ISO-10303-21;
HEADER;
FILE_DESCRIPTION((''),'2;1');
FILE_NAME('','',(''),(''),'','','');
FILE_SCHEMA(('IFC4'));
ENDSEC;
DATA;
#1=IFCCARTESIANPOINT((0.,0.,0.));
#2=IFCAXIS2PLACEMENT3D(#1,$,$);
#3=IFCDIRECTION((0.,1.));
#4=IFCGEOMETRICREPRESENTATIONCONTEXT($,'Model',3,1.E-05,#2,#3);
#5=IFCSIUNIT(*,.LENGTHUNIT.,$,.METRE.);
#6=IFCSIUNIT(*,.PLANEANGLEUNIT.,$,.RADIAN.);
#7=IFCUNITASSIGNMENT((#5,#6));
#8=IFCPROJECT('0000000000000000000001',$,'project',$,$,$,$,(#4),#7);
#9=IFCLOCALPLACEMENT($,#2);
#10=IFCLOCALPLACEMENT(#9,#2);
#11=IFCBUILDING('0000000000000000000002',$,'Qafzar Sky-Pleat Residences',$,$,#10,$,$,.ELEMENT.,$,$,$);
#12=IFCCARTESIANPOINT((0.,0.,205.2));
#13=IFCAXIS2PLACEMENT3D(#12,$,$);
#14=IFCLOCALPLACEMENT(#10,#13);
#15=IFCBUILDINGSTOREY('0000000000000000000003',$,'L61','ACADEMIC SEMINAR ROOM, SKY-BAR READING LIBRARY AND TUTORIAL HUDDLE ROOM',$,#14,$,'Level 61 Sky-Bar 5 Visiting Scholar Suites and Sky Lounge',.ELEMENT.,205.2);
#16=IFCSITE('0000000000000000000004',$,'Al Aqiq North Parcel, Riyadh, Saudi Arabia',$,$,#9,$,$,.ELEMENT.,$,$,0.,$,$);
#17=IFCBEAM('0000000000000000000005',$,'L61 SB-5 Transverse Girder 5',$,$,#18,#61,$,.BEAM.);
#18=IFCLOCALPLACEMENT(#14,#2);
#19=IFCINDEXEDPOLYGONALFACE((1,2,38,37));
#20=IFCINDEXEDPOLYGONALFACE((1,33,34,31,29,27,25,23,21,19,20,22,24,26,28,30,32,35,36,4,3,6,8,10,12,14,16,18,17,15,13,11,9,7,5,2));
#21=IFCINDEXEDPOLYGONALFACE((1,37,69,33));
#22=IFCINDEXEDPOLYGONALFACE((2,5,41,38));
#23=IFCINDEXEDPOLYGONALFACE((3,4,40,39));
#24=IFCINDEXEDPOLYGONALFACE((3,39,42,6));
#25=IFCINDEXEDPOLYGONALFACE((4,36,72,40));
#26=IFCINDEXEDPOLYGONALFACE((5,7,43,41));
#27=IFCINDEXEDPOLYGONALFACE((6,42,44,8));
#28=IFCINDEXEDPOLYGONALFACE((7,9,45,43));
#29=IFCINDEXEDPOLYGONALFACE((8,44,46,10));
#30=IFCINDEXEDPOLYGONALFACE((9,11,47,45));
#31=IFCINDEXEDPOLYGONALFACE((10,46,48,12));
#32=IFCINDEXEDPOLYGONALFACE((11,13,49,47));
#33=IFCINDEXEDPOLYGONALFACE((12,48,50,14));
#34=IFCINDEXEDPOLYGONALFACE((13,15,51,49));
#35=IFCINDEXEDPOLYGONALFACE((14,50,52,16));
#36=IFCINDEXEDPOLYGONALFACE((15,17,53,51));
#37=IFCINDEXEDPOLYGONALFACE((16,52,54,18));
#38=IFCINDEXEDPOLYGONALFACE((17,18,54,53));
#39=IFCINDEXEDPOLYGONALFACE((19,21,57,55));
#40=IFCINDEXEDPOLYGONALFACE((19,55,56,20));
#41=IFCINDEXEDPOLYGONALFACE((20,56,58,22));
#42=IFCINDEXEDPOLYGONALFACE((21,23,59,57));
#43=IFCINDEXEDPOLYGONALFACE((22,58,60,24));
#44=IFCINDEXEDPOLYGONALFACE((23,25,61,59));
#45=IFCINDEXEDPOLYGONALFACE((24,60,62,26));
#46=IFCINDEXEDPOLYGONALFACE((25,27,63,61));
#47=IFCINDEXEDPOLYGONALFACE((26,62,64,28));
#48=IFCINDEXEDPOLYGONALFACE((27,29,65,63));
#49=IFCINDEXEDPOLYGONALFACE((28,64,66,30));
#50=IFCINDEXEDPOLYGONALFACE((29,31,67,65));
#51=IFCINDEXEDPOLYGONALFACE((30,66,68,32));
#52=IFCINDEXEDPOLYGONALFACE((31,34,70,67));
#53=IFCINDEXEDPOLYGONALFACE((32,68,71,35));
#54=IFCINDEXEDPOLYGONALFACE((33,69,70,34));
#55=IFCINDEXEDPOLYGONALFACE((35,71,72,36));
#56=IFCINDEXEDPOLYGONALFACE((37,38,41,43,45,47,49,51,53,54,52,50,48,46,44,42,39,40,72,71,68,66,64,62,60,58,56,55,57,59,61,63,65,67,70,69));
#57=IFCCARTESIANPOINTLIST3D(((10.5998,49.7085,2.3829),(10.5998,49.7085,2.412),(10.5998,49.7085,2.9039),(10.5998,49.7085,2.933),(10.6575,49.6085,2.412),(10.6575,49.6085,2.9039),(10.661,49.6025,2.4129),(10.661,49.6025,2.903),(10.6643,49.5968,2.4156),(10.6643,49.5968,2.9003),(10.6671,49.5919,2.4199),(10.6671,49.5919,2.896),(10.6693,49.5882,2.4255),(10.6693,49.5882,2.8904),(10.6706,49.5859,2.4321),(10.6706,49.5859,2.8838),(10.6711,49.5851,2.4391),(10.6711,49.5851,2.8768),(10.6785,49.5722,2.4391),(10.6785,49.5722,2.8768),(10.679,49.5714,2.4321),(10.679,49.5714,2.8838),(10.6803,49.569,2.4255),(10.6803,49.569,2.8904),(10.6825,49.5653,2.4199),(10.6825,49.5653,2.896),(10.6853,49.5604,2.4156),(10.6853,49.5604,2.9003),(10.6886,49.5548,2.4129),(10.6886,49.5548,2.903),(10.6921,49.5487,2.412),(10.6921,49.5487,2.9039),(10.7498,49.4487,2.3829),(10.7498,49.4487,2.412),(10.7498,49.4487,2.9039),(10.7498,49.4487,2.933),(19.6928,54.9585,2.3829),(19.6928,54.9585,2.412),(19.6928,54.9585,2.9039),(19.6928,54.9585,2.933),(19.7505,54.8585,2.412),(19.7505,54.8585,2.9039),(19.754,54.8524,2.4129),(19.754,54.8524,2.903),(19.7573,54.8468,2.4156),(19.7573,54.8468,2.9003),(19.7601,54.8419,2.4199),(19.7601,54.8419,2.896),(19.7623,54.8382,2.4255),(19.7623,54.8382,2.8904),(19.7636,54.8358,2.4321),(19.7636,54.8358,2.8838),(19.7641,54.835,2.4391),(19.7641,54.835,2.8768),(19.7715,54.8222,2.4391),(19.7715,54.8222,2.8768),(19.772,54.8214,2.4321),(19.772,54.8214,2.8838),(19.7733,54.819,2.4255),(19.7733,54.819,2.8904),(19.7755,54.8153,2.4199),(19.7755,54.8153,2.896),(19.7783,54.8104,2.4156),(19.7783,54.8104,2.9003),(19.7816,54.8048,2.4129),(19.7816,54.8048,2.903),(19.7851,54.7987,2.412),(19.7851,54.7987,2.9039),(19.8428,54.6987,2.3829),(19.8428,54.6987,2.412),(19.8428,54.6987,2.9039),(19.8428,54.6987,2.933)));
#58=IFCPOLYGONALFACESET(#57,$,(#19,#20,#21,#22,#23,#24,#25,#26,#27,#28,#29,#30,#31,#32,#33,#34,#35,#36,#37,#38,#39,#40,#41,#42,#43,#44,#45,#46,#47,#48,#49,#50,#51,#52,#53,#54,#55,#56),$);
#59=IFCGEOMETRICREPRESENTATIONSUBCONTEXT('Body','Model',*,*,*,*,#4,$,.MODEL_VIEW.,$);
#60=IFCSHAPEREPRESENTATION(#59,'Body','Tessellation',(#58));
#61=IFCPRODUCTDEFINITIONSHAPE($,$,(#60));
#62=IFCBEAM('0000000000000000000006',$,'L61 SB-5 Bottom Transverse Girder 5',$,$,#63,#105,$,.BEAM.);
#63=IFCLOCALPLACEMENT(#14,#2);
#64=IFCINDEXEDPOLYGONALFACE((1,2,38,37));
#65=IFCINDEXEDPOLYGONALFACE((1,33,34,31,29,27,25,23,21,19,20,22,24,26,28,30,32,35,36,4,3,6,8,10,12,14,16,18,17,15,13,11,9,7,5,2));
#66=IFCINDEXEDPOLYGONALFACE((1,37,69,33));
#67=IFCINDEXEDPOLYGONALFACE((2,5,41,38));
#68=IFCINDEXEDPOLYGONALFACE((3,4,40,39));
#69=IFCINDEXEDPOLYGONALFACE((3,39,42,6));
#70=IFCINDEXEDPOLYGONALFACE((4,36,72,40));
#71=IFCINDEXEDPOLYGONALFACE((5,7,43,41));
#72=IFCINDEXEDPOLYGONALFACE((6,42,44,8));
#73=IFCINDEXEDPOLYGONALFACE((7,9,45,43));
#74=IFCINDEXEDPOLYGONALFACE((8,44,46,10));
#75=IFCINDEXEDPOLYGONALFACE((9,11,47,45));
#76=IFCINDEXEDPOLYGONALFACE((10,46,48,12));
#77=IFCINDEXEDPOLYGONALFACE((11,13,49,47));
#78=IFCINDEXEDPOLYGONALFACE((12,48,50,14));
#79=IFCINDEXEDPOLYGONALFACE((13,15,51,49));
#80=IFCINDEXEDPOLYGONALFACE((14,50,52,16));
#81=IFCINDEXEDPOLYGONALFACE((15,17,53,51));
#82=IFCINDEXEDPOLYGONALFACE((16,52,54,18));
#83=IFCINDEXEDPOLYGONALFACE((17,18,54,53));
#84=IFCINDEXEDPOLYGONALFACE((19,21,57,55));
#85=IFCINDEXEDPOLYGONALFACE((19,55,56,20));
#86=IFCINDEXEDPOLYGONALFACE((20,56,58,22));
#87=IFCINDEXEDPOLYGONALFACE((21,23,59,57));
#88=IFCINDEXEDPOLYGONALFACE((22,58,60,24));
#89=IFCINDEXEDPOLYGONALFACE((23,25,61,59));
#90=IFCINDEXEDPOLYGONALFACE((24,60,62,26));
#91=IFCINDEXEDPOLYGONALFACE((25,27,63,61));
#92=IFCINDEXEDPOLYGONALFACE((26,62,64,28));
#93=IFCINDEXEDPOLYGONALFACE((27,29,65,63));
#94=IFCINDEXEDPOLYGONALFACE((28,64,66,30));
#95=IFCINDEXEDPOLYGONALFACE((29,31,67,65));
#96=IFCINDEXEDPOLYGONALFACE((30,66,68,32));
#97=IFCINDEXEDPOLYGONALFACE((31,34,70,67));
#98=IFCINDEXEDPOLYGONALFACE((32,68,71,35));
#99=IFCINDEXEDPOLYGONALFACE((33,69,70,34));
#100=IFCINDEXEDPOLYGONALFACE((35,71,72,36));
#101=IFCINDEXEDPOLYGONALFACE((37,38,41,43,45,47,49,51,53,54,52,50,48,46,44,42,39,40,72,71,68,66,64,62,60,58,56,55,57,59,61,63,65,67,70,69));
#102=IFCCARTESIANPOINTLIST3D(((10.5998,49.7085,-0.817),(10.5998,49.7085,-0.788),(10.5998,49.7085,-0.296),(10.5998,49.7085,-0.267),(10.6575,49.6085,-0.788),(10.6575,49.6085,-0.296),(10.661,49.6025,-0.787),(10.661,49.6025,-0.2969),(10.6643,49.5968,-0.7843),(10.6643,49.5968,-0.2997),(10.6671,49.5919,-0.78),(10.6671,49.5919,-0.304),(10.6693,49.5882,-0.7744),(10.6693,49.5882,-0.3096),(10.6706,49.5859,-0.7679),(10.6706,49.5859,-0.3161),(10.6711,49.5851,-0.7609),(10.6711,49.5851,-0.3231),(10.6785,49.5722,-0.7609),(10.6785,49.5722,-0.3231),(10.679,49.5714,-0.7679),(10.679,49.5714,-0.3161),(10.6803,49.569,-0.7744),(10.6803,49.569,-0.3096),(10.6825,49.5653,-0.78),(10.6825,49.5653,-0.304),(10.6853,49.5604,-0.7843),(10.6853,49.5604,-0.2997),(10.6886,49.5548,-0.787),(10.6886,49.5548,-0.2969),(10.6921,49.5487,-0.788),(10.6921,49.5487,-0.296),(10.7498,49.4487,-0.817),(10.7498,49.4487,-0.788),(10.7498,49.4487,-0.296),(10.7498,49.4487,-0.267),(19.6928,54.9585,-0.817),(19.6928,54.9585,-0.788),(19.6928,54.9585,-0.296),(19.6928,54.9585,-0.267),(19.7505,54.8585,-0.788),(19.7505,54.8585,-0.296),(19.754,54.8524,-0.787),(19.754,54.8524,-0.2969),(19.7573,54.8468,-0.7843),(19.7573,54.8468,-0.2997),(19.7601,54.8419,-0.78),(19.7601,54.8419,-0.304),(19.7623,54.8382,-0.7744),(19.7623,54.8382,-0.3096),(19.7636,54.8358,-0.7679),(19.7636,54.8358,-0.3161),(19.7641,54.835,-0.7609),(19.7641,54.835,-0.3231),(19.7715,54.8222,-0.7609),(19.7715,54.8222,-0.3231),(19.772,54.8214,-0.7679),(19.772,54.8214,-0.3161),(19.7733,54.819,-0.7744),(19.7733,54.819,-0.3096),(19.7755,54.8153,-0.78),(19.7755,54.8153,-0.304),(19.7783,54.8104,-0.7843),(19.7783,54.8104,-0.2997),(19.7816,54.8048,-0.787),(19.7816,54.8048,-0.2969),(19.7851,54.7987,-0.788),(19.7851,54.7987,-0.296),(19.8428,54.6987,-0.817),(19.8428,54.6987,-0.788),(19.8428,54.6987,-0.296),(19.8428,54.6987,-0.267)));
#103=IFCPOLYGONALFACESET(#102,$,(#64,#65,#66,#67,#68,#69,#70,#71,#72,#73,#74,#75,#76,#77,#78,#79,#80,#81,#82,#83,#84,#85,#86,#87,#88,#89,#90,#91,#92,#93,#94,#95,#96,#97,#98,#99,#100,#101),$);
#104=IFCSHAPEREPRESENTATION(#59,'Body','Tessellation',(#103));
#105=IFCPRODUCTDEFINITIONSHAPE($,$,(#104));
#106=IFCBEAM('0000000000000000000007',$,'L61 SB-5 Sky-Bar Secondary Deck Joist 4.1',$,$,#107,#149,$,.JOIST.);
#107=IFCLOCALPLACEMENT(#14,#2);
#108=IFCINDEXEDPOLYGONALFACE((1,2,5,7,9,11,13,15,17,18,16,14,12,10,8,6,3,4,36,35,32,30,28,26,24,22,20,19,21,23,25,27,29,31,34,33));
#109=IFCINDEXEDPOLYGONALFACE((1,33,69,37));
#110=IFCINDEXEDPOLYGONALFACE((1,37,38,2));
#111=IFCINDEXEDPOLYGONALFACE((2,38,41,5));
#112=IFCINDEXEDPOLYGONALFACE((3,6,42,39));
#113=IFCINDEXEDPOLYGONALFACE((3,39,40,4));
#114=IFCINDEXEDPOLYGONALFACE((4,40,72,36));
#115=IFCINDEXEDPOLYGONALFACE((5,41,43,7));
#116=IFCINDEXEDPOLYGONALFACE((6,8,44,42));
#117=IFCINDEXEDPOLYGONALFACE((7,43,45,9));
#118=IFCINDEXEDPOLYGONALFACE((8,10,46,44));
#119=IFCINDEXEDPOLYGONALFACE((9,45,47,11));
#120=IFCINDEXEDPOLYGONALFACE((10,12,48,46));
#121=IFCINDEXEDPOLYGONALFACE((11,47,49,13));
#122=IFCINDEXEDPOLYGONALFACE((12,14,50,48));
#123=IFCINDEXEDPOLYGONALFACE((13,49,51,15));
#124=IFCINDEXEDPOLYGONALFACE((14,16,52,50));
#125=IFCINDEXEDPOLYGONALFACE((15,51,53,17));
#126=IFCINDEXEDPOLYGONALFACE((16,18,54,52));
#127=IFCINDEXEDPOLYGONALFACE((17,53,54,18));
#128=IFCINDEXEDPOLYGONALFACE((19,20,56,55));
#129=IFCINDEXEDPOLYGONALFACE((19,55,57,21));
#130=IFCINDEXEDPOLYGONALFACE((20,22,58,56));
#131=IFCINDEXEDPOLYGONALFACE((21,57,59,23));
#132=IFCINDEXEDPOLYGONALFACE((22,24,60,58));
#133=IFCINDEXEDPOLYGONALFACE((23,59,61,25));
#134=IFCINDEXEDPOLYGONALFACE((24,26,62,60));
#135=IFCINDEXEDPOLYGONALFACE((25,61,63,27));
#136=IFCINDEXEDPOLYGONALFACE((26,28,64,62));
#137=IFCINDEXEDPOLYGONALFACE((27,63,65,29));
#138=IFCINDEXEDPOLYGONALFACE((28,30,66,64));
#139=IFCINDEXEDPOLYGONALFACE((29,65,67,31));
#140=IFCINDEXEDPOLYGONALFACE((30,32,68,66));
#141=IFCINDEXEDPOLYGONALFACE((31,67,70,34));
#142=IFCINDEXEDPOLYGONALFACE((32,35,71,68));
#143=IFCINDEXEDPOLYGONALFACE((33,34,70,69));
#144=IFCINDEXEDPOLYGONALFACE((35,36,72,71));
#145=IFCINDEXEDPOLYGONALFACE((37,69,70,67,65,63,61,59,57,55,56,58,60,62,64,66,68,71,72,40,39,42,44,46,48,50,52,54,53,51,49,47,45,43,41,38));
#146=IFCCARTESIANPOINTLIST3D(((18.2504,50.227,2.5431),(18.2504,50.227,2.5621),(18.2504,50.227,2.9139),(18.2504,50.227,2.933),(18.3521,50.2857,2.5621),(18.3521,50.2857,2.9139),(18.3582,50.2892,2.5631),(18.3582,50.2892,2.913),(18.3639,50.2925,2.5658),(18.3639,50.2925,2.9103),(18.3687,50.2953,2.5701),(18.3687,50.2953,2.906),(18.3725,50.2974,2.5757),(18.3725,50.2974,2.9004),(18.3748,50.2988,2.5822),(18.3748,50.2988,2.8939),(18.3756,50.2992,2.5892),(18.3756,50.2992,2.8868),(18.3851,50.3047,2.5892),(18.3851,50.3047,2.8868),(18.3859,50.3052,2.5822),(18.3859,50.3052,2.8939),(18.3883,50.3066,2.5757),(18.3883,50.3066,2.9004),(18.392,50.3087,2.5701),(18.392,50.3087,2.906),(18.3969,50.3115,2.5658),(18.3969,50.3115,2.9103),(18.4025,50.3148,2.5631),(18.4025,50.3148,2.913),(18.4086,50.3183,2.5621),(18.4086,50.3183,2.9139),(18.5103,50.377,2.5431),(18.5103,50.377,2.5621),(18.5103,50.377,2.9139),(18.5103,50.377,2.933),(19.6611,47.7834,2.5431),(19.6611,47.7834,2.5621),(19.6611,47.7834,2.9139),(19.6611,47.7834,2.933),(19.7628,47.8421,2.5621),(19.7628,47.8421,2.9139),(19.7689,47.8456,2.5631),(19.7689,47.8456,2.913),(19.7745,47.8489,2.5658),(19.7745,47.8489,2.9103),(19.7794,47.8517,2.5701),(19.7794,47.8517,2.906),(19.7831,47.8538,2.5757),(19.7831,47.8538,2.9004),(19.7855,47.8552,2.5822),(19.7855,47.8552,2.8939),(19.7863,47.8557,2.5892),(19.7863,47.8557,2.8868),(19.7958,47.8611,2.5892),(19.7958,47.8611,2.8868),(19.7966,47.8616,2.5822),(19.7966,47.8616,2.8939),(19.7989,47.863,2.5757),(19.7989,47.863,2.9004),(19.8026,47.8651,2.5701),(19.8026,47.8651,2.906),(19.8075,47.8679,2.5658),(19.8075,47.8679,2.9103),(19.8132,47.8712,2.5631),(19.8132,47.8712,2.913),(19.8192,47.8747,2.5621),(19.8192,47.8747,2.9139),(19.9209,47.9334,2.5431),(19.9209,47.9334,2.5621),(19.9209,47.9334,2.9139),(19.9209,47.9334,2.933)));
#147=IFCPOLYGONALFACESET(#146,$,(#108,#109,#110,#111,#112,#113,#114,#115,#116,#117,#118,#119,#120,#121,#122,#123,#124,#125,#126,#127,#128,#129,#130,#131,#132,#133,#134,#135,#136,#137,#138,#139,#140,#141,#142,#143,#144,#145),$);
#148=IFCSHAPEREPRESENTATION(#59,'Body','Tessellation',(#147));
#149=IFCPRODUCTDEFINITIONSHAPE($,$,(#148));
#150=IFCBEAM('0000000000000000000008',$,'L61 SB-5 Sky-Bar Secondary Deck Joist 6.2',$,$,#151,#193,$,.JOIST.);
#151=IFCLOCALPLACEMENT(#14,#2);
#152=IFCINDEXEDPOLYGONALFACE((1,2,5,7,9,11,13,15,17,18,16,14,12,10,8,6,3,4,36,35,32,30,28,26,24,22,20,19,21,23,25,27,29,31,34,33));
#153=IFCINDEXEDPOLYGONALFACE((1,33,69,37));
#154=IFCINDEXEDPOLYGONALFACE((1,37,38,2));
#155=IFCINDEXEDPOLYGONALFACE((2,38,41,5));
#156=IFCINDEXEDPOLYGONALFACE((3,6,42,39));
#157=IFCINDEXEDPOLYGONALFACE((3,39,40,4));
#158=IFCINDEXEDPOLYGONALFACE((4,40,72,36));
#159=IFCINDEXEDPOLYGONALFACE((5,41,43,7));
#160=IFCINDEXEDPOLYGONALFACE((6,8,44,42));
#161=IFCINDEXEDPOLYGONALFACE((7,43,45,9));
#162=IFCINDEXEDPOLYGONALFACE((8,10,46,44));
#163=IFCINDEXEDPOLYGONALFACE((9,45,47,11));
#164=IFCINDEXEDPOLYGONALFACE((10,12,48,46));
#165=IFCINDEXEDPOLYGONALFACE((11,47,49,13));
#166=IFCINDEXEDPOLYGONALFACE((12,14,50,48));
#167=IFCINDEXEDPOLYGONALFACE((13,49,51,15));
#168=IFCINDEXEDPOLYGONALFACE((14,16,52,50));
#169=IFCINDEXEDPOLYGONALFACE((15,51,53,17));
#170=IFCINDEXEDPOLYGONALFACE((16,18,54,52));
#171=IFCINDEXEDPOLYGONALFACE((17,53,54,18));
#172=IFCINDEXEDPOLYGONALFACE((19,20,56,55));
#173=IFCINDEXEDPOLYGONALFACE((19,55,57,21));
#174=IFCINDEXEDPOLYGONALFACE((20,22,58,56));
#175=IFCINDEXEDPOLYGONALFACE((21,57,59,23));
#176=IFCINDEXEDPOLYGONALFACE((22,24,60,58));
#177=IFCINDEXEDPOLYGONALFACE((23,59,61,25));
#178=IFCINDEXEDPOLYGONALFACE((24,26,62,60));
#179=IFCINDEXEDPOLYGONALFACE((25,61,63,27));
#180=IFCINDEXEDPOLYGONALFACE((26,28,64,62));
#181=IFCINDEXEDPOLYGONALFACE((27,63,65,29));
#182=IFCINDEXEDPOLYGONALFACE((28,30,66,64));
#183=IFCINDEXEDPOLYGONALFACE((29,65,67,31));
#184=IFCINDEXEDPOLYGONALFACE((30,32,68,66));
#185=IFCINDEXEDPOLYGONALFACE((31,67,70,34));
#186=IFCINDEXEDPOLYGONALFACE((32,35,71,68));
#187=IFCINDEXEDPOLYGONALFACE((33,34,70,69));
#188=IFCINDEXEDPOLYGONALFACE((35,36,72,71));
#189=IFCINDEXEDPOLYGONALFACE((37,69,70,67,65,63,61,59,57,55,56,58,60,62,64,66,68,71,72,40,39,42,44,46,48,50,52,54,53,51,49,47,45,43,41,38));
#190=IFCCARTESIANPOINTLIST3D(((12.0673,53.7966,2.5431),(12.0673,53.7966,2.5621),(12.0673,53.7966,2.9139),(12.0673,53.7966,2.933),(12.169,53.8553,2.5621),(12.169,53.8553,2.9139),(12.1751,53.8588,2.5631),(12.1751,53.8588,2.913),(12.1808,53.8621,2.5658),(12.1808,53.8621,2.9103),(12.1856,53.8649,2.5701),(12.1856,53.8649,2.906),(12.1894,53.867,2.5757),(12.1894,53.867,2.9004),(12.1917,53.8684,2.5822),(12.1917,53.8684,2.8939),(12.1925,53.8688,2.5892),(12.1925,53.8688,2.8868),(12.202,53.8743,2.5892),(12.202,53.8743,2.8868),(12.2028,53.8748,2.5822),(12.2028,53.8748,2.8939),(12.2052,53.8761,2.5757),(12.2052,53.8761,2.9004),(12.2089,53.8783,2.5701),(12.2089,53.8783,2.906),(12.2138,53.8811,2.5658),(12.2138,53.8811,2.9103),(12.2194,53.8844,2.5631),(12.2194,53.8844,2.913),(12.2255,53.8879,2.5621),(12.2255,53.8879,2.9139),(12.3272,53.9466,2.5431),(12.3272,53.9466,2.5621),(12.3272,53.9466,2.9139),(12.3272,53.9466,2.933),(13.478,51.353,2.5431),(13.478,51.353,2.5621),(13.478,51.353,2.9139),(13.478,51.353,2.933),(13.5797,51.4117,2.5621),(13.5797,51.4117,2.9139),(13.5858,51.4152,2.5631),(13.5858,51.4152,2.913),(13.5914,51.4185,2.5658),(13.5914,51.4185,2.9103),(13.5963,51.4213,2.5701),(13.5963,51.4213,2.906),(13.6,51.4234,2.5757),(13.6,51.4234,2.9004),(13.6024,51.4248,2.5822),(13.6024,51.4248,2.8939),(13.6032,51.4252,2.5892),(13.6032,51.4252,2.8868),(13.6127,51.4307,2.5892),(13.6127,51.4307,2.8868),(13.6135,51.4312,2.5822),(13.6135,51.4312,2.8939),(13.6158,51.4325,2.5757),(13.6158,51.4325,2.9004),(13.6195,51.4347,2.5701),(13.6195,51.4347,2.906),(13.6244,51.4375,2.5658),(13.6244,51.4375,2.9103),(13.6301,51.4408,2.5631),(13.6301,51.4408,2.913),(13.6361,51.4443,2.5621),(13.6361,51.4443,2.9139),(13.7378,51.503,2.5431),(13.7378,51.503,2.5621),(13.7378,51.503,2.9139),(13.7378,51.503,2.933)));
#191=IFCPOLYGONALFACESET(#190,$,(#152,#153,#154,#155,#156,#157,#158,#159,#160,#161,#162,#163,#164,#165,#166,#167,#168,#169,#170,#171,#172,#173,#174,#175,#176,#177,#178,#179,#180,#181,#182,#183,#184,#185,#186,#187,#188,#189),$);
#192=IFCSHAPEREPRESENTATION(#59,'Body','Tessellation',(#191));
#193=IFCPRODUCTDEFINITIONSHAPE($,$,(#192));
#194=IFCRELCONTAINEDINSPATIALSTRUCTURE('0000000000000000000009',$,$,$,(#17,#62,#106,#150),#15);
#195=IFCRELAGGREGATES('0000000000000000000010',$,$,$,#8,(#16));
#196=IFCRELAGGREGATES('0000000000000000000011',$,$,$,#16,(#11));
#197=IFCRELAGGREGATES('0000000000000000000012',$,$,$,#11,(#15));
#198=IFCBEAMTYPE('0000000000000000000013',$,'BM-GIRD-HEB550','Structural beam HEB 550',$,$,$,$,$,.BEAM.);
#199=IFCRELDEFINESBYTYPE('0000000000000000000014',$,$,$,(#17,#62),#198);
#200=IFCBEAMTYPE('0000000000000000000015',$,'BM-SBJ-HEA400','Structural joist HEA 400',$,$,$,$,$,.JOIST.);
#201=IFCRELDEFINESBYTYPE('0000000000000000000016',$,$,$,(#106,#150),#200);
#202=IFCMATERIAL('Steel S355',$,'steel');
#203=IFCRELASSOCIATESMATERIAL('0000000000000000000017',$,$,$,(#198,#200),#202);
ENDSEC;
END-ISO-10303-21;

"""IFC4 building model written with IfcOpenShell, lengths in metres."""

from ifc_helpers import new_model, si_unit, direction, frame, origin, origin_2d, place, context, subcontext, project, spatial, i_section, extrude, source, transform, mapped, material, material_profile, profile_set, type_object, element, save


model = new_model("IFC4")

# Units and contexts
model_context = context("Model", 3, precision=1e-05, world=origin(), true_north=direction((0.0, 1.0)))
body_context = subcontext(model_context, "Body", "Model", "MODEL_VIEW")
ifc_project = project(units=[si_unit("LENGTHUNIT", "METRE"), si_unit("PLANEANGLEUNIT", "RADIAN")], contexts=[model_context])

# Site, building, storey
site_placement = place(None, origin())
site = spatial("IfcSite", under=ifc_project, at=site_placement, Name="Al Aqiq North Parcel, Riyadh, Saudi Arabia", CompositionType="ELEMENT", RefElevation=0.0)
building_placement = place(site_placement, origin())
building = spatial("IfcBuilding", under=site, at=building_placement, Name="Qafzar Sky-Pleat Residences", CompositionType="ELEMENT")
storey_placement = place(building_placement, frame((0.0, 0.0, 205.2)))
storey = spatial("IfcBuildingStorey", under=building, at=storey_placement, Name="L61", Description="ACADEMIC SEMINAR ROOM, SKY-BAR READING LIBRARY AND TUTORIAL HUDDLE ROOM", LongName="Level 61 Sky-Bar 5 Visiting Scholar Suites and Sky Lounge", CompositionType="ELEMENT", Elevation=205.2)

# Beams
ifc_material_1 = material(Name="Steel S355", Category="steel")
ifc_material_profile_1 = material_profile(ifc_material_1, i_section(OverallWidth=0.3, OverallDepth=0.55, WebThickness=0.0149, FlangeThickness=0.0291, FilletRadius=0.0271, at=origin_2d()), Name="HEB 550")
ifc_profile_set_1 = profile_set([ifc_material_profile_1], Name="Steel S355")
beam_type_1 = type_object("IfcBeamType", Name="BM-GIRD-HEB550", Description="Structural beam HEB 550", PredefinedType="BEAM", material=ifc_profile_set_1)
shared_shape_1 = source(origin(), body_context, "Body", "SweptSolid", [
    extrude(i_section(OverallWidth=0.3, OverallDepth=0.55, WebThickness=0.0149, FlangeThickness=0.0291, FilletRadius=0.0271, at=origin_2d()), origin(), (0.0, 0.0, 1.0), 10.4998),
])
for number, where, z_axis, x_axis, name in (
    (1, (10.6748, 49.5786, 2.658), (0.866019, 0.50001, 0.0), (-0.50001, 0.866019, 0.0), "L61 SB-5 Transverse Girder 5"),
    (2, (10.6748, 49.5786, -0.542), (0.866019, 0.50001, 0.0), (-0.50001, 0.866019, 0.0), "L61 SB-5 Bottom Transverse Girder 5"),
):
    element("IfcBeam", number, at=place(storey_placement, frame(where, z_axis=z_axis, x_axis=x_axis)), inside=storey, type_object=beam_type_1, Name=name, PredefinedType="BEAM", context=body_context, shape_type="MappedRepresentation", body=[
        mapped(shared_shape_1, transform((0.0, 0.0, 0.0), x_axis=(1.0, 0.0, 0.0), y_axis=(0.0, 1.0, 0.0), z_axis=(0.0, 0.0, 1.0), scale=1.0)),
    ])
ifc_material_profile_2 = material_profile(ifc_material_1, i_section(OverallWidth=0.3, OverallDepth=0.3899, WebThickness=0.011, FlangeThickness=0.019, FilletRadius=0.0271, at=origin_2d()), Name="HEA 400")
ifc_profile_set_2 = profile_set([ifc_material_profile_2], Name="Steel S355")
beam_type_2 = type_object("IfcBeamType", Name="BM-SBJ-HEA400", Description="Structural joist HEA 400", PredefinedType="JOIST", material=ifc_profile_set_2)
shared_shape_2 = source(origin(), body_context, "Body", "SweptSolid", [
    extrude(i_section(OverallWidth=0.3, OverallDepth=0.3899, WebThickness=0.011, FlangeThickness=0.019, FilletRadius=0.0271, at=origin_2d()), origin(), (0.0, 0.0, 1.0), 2.8215),
])
for number, where, z_axis, x_axis, name in (
    (3, (19.791, 47.8584, 2.738), (-0.499955, 0.866052, 0.0), (-0.866052, -0.499955, 0.0), "L61 SB-5 Sky-Bar Secondary Deck Joist 4.1"),
    (4, (13.6079, 51.428, 2.738), (-0.499955, 0.866052, 0.0), (-0.866052, -0.499955, 0.0), "L61 SB-5 Sky-Bar Secondary Deck Joist 6.2"),
):
    element("IfcBeam", number, at=place(storey_placement, frame(where, z_axis=z_axis, x_axis=x_axis)), inside=storey, type_object=beam_type_2, Name=name, PredefinedType="JOIST", context=body_context, shape_type="MappedRepresentation", body=[
        mapped(shared_shape_2, transform((0.0, 0.0, 0.0), x_axis=(1.0, 0.0, 0.0), y_axis=(0.0, 1.0, 0.0), z_axis=(0.0, 0.0, 1.0), scale=1.0)),
    ])

save(model, "model.ifc")
